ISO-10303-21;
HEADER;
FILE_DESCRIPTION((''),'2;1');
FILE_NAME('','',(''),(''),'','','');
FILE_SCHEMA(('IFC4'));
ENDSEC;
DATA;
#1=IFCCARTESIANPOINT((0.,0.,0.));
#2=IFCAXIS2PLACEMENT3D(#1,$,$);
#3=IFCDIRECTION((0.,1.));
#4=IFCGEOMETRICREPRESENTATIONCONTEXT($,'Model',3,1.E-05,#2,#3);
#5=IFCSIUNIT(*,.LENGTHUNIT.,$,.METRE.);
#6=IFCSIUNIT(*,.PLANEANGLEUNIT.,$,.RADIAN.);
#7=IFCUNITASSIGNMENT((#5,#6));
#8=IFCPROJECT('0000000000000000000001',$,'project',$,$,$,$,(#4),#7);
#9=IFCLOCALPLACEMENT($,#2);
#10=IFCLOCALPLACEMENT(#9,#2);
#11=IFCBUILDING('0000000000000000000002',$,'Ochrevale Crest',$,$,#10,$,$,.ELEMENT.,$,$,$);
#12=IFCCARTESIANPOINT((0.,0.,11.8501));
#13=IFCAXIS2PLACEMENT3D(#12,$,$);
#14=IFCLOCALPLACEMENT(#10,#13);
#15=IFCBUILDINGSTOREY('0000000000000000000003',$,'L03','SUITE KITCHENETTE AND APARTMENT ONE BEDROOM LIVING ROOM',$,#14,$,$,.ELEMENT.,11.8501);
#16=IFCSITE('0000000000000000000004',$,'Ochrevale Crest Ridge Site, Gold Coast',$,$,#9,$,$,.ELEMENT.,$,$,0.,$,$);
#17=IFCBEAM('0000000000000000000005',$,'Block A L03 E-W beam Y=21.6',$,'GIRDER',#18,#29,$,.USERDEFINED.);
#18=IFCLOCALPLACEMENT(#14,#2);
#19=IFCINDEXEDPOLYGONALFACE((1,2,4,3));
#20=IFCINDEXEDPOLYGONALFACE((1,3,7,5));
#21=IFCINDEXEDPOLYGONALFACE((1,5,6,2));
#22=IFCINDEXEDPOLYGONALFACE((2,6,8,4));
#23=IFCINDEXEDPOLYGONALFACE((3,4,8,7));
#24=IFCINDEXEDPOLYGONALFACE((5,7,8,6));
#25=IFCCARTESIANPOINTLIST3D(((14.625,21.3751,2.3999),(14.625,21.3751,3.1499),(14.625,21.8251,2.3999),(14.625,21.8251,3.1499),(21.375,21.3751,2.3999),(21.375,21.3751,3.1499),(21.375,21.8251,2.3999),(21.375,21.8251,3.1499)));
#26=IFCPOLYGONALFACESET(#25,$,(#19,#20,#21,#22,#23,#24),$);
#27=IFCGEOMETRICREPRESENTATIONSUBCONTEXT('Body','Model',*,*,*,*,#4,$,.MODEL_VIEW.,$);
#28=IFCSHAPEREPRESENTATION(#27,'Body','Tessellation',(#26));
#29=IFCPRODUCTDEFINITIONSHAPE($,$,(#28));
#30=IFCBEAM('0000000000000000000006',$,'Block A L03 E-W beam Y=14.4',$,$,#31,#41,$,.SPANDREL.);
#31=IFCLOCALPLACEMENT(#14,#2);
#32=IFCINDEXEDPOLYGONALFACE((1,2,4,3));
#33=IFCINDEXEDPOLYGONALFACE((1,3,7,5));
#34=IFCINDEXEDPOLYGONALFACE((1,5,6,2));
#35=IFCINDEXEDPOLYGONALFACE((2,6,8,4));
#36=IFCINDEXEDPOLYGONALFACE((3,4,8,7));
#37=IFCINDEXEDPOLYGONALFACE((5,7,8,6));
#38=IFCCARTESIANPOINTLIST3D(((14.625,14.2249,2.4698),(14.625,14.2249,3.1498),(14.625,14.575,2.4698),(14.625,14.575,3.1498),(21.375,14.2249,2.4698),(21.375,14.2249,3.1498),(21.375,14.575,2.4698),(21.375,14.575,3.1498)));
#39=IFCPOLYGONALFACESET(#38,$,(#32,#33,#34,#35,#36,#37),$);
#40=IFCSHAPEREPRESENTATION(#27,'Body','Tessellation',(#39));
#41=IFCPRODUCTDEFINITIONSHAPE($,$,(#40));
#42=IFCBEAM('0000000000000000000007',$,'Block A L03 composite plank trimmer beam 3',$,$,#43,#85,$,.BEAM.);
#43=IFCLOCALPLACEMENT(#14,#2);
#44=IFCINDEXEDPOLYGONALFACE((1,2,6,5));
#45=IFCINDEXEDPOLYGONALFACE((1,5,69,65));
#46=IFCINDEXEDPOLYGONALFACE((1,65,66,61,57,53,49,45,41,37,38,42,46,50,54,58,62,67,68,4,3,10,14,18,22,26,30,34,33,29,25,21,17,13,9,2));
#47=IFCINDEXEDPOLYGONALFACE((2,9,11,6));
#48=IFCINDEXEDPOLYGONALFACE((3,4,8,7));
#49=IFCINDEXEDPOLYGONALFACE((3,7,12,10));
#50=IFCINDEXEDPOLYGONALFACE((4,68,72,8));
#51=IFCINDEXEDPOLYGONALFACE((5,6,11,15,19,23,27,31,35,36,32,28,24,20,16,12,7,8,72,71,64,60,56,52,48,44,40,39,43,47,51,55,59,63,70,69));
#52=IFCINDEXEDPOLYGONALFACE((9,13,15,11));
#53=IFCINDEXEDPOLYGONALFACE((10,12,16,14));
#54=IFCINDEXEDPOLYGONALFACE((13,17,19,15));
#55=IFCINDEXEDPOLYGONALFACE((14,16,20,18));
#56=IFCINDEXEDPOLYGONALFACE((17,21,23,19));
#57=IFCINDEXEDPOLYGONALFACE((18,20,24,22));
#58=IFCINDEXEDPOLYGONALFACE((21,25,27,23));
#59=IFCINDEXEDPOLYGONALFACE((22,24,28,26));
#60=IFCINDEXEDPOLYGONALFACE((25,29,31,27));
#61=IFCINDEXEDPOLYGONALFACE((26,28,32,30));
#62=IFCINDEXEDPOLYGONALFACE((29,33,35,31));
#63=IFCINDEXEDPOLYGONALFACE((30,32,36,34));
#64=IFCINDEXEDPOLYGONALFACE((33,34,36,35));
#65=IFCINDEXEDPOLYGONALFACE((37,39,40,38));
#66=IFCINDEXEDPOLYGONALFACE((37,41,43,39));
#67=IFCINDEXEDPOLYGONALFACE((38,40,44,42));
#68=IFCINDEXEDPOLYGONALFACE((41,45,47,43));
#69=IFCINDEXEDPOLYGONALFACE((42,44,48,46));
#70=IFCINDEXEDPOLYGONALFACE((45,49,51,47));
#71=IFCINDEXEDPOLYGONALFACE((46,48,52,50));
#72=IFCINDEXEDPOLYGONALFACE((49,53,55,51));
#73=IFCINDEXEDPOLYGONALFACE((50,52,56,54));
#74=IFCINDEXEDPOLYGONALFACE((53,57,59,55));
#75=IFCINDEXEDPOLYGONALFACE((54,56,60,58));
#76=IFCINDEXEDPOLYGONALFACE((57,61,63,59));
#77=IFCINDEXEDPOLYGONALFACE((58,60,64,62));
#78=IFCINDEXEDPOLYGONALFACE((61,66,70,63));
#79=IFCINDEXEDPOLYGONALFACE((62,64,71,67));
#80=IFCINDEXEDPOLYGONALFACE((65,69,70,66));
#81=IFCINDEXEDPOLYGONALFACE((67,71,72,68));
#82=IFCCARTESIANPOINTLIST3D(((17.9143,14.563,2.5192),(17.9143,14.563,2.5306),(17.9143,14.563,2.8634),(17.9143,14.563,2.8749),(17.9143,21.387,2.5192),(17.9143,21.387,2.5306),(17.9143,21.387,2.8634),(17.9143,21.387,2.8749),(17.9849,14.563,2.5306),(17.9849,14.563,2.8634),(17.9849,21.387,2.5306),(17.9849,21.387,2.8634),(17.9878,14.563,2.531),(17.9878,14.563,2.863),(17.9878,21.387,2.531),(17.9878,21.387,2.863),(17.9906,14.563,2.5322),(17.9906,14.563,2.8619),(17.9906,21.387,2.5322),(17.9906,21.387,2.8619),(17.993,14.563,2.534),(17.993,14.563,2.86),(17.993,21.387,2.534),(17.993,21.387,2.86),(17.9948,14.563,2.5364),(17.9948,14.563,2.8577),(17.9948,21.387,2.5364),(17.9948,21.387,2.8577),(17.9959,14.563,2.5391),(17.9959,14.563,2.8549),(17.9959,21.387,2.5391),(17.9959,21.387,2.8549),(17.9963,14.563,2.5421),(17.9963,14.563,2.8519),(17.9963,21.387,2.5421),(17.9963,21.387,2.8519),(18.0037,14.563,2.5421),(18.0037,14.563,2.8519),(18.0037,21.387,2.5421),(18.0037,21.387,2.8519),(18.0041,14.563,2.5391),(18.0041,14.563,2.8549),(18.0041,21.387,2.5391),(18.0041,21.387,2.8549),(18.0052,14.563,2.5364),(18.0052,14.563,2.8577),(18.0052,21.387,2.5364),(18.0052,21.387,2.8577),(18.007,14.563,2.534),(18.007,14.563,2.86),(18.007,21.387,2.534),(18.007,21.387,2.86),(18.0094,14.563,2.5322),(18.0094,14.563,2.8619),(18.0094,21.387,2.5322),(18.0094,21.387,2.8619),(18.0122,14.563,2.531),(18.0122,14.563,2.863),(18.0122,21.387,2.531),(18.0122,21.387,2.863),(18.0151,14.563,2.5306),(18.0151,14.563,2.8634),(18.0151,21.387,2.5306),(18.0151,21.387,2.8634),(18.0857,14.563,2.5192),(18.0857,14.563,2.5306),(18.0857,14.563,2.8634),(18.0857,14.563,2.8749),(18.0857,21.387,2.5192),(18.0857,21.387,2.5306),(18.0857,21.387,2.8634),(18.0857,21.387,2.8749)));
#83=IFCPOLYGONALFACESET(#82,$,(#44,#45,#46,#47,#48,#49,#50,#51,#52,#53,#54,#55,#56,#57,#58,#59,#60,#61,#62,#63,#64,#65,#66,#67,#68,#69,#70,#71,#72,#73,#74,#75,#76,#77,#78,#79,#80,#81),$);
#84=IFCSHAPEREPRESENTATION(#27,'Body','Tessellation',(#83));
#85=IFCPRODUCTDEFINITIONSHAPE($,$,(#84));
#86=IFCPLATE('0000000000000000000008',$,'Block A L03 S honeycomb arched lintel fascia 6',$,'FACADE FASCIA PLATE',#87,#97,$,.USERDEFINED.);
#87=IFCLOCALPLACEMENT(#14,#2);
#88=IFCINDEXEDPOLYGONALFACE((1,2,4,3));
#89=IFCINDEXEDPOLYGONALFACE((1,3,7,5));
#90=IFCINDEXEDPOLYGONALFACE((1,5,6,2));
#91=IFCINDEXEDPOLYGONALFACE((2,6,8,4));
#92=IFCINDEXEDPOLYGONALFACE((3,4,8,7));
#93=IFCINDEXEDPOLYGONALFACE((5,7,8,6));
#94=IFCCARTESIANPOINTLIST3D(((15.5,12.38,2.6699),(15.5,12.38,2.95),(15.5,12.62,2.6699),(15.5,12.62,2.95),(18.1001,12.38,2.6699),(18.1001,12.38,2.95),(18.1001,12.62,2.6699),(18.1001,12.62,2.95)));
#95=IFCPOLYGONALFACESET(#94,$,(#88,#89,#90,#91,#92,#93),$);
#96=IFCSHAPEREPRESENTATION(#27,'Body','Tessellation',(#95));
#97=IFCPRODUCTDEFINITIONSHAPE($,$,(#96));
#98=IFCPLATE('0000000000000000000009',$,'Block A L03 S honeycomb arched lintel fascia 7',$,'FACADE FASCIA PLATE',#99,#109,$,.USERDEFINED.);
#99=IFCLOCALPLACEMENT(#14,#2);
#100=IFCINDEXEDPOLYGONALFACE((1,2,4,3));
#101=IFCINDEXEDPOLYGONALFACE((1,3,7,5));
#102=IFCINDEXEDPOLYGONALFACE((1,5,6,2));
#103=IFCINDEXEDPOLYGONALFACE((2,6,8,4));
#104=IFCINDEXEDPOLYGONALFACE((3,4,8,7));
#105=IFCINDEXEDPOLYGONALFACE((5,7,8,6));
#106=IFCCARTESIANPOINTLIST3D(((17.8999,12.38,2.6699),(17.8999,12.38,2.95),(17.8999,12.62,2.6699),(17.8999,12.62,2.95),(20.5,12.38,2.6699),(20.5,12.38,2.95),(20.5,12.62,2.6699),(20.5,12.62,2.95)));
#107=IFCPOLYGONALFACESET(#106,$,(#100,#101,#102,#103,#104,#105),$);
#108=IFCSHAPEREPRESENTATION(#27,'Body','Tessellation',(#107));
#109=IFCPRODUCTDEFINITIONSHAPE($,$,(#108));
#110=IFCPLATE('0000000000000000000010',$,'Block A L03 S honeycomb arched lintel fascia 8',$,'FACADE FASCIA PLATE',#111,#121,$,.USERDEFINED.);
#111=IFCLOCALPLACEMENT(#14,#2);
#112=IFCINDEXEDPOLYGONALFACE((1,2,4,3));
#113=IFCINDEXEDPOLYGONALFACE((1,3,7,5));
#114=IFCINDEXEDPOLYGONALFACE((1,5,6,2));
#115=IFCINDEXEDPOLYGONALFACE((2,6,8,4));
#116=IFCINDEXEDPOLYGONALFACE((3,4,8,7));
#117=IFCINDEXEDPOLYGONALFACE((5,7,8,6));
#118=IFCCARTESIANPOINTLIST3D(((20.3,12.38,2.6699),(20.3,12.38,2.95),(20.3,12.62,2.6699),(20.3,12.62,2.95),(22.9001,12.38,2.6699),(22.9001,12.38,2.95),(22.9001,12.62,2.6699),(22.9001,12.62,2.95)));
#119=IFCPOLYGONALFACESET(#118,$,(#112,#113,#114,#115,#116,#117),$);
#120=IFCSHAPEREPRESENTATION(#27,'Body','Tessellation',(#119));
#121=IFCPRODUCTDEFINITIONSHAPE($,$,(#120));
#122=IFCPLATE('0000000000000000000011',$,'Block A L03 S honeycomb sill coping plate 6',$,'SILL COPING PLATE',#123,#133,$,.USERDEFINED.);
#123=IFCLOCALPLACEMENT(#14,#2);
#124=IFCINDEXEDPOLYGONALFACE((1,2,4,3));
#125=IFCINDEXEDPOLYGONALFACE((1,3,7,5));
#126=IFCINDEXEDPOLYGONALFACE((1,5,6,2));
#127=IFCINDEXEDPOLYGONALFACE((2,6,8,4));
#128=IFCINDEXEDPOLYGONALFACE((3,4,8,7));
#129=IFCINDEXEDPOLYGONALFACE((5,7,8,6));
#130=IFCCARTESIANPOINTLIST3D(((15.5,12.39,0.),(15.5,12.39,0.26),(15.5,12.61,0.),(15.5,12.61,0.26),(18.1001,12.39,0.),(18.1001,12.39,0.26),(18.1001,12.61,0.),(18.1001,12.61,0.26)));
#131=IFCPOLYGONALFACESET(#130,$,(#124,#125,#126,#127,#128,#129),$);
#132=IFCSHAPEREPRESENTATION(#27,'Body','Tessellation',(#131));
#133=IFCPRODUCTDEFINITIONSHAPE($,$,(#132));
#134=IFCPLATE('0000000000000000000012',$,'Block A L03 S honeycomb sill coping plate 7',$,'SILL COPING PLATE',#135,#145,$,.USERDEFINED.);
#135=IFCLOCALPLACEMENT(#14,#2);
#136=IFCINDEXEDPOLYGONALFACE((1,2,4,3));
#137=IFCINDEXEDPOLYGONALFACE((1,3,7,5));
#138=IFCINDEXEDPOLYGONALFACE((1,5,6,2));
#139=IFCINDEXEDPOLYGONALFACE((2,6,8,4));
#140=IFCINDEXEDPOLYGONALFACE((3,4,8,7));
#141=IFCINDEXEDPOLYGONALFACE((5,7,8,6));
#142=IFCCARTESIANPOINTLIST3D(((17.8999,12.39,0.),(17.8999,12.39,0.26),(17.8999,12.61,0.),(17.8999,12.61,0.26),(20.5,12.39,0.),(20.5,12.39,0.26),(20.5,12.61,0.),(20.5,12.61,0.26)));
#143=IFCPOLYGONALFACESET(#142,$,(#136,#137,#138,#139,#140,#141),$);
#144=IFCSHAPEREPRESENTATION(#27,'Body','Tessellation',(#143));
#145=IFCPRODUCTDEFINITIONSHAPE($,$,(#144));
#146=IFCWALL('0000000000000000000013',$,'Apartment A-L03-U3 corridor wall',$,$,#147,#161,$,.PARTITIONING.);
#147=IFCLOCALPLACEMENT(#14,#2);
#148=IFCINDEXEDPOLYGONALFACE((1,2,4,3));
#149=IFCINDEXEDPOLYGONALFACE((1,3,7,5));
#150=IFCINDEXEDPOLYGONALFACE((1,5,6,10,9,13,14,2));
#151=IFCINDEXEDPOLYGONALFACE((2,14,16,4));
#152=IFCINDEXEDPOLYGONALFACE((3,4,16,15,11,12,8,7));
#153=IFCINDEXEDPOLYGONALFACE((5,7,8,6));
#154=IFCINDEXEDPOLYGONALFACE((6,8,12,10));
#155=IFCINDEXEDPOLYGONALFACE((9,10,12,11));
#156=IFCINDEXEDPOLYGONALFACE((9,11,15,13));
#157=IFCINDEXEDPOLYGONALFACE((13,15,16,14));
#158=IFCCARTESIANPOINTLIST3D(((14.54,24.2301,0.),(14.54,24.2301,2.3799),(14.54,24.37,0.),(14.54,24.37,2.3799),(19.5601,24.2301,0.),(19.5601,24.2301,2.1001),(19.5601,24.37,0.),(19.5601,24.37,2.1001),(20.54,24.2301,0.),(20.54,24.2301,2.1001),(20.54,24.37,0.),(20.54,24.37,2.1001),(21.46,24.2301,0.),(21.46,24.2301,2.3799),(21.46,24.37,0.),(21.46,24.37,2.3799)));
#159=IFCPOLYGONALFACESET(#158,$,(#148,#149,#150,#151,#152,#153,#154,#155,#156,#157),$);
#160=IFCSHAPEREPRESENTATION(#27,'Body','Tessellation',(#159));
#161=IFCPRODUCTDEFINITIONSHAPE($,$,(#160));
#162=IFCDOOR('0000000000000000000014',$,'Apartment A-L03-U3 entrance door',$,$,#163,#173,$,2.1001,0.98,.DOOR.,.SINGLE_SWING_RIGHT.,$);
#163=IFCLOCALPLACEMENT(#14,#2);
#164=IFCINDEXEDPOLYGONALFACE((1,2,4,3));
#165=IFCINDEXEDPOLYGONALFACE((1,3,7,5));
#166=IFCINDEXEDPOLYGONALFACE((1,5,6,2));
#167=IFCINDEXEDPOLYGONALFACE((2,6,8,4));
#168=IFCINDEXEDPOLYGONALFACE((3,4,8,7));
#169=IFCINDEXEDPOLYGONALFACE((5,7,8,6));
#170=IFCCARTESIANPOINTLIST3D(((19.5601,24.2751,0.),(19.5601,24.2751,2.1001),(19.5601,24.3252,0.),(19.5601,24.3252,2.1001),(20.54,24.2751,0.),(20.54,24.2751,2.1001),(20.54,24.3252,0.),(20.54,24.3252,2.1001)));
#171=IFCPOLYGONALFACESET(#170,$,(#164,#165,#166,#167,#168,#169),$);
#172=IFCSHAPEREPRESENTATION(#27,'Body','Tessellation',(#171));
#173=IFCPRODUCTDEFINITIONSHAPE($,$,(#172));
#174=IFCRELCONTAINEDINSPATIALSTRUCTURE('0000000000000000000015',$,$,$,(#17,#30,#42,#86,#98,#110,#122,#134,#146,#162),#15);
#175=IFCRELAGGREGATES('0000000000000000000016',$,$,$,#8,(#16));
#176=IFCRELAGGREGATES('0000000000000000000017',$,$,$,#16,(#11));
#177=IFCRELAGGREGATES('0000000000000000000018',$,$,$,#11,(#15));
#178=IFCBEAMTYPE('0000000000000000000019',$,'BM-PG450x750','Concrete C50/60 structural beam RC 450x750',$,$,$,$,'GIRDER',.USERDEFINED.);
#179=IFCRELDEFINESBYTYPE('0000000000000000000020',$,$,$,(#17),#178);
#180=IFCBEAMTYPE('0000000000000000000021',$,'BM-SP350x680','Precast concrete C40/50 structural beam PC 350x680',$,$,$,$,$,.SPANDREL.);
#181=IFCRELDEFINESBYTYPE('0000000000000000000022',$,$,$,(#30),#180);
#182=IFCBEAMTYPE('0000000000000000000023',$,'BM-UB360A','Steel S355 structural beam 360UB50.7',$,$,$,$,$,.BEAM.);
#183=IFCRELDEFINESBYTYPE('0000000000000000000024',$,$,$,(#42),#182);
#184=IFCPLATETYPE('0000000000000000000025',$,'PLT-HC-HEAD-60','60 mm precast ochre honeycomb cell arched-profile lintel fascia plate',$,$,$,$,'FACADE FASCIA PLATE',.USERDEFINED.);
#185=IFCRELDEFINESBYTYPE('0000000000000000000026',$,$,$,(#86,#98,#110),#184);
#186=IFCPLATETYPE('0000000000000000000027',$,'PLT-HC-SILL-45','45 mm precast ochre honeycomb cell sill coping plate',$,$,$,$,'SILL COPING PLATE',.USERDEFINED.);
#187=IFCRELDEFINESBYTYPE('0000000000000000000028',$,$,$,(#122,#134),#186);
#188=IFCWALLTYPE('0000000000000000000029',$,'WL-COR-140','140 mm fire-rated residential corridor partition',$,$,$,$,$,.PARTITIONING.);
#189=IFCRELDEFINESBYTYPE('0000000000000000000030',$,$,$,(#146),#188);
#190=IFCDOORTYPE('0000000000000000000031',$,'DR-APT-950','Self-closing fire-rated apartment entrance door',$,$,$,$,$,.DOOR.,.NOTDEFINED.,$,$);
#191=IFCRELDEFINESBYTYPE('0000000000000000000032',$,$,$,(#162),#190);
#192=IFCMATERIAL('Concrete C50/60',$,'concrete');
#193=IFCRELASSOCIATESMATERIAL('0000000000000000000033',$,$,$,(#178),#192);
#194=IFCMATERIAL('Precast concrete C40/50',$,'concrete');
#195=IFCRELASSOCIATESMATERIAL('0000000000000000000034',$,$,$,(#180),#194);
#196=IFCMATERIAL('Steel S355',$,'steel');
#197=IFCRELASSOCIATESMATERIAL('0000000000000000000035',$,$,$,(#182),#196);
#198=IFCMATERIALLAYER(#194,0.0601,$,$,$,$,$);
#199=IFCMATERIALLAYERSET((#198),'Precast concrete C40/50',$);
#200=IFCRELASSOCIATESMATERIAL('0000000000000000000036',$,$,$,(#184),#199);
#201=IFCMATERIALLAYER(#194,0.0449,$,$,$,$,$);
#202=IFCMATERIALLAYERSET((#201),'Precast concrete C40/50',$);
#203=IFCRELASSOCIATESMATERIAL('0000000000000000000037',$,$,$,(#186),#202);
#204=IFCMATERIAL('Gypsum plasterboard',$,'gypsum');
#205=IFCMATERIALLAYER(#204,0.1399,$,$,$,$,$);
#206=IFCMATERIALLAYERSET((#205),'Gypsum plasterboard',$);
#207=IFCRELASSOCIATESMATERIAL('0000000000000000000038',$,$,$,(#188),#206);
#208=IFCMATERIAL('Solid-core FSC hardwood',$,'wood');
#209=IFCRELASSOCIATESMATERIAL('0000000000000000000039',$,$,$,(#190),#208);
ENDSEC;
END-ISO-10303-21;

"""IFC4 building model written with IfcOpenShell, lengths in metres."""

from ifc_helpers import new_model, si_unit, direction, frame, frame_2d, origin, origin_2d, place, context, subcontext, project, spatial, rectangle, i_section, extrude, material, layer, layer_set, material_profile, profile_set, type_object, element, fill, save


model = new_model("IFC4")

# Units and contexts
model_context = context("Model", 3, precision=1e-05, world=origin(), true_north=direction((0.0, 1.0)))
body_context = subcontext(model_context, "Body", "Model", "MODEL_VIEW")
ifc_project = project(units=[si_unit("LENGTHUNIT", "METRE"), si_unit("PLANEANGLEUNIT", "RADIAN")], contexts=[model_context])

# Site, building, storey
site_placement = place(None, origin())
site = spatial("IfcSite", under=ifc_project, at=site_placement, Name="Ochrevale Crest Ridge Site, Gold Coast", CompositionType="ELEMENT", RefElevation=0.0)
building_placement = place(site_placement, origin())
building = spatial("IfcBuilding", under=site, at=building_placement, Name="Ochrevale Crest", CompositionType="ELEMENT")
storey_placement = place(building_placement, frame((0.0, 0.0, 11.8501)))
storey = spatial("IfcBuildingStorey", under=building, at=storey_placement, Name="L03", Description="SUITE KITCHENETTE AND APARTMENT ONE BEDROOM LIVING ROOM", CompositionType="ELEMENT", Elevation=11.8501)

# Beams
ifc_material_1 = material(Name="Concrete C50/60", Category="concrete")
ifc_material_profile_1 = material_profile(ifc_material_1, rectangle(XDim=0.45, YDim=0.75, at=origin_2d()), Name="RC 450x750")
ifc_profile_set_1 = profile_set([ifc_material_profile_1], Name="Concrete C50/60")
beam_type_1 = type_object("IfcBeamType", Name="BM-PG450x750", Description="Concrete C50/60 structural beam RC 450x750", ElementType="GIRDER", PredefinedType="USERDEFINED", material=ifc_profile_set_1)
beam_1_placement = place(storey_placement, frame((14.625, 21.6001, 2.7749), z_axis=(1.0, 0.0, 0.0), x_axis=(0.0, 1.0, 0.0)))
element("IfcBeam", 1, at=beam_1_placement, inside=storey, type_object=beam_type_1, Name="Block A L03 E-W beam Y=21.6", ObjectType="GIRDER", PredefinedType="USERDEFINED", context=body_context, shape_type="SweptSolid", body=[
    extrude(rectangle(XDim=0.45, YDim=0.75, at=origin_2d()), origin(), (0.0, 0.0, 1.0), 6.75),
])
ifc_material_2 = material(Name="Precast concrete C40/50", Category="concrete")
ifc_material_profile_2 = material_profile(ifc_material_2, rectangle(XDim=0.3501, YDim=0.6799, at=origin_2d()), Name="PC 350x680")
ifc_profile_set_2 = profile_set([ifc_material_profile_2], Name="Precast concrete C40/50")
beam_type_2 = type_object("IfcBeamType", Name="BM-SP350x680", Description="Precast concrete C40/50 structural beam PC 350x680", PredefinedType="SPANDREL", material=ifc_profile_set_2)
beam_2_placement = place(storey_placement, frame((14.625, 14.3999, 2.8098), z_axis=(1.0, 0.0, 0.0), x_axis=(0.0, 1.0, 0.0)))
element("IfcBeam", 2, at=beam_2_placement, inside=storey, type_object=beam_type_2, Name="Block A L03 E-W beam Y=14.4", PredefinedType="SPANDREL", context=body_context, shape_type="SweptSolid", body=[
    extrude(rectangle(XDim=0.3501, YDim=0.6799, at=origin_2d()), origin(), (0.0, 0.0, 1.0), 6.75),
])
ifc_material_3 = material(Name="Steel S355", Category="steel")
ifc_material_profile_3 = material_profile(ifc_material_3, i_section(OverallWidth=0.1714, OverallDepth=0.3557, WebThickness=0.0073, FlangeThickness=0.0115, FilletRadius=0.0115, at=origin_2d()), Name="360UB50.7")
ifc_profile_set_3 = profile_set([ifc_material_profile_3], Name="Steel S355")
beam_type_3 = type_object("IfcBeamType", Name="BM-UB360A", Description="Steel S355 structural beam 360UB50.7", PredefinedType="BEAM", material=ifc_profile_set_3)
beam_3_placement = place(storey_placement, frame((18.0, 14.563, 2.697), z_axis=(0.0, 1.0, 0.0), x_axis=(-1.0, 0.0, 0.0)))
element("IfcBeam", 3, at=beam_3_placement, inside=storey, type_object=beam_type_3, Name="Block A L03 composite plank trimmer beam 3", PredefinedType="BEAM", context=body_context, shape_type="SweptSolid", body=[
    extrude(i_section(OverallWidth=0.1714, OverallDepth=0.3557, WebThickness=0.0073, FlangeThickness=0.0115, FilletRadius=0.0115, at=origin_2d()), origin(), (0.0, 0.0, 1.0), 6.824),
])

# Plates
ifc_layer_1 = layer(ifc_material_2, 0.0601)
ifc_layer_set_1 = layer_set([ifc_layer_1], Name="Precast concrete C40/50")
plate_type_1 = type_object("IfcPlateType", Name="PLT-HC-HEAD-60", Description="60 mm precast ochre honeycomb cell arched-profile lintel fascia plate", ElementType="FACADE FASCIA PLATE", PredefinedType="USERDEFINED", material=ifc_layer_set_1)
for number, where, z_axis, x_axis, name in (
    (4, (16.8, 12.5, 2.6699), (0.0, 0.0, 1.0), (1.0, 0.0, 0.0), "Block A L03 S honeycomb arched lintel fascia 6"),
    (5, (19.2, 12.5, 2.6699), (0.0, 0.0, 1.0), (1.0, 0.0, 0.0), "Block A L03 S honeycomb arched lintel fascia 7"),
    (6, (21.6001, 12.5, 2.6699), (0.0, 0.0, 1.0), (1.0, 0.0, 0.0), "Block A L03 S honeycomb arched lintel fascia 8"),
):
    element("IfcPlate", number, at=place(storey_placement, frame(where, z_axis=z_axis, x_axis=x_axis)), inside=storey, type_object=plate_type_1, Name=name, ObjectType="FACADE FASCIA PLATE", PredefinedType="USERDEFINED", context=body_context, shape_type="SweptSolid", body=[
        extrude(rectangle(XDim=2.6001, YDim=0.24, at=origin_2d()), origin(), (0.0, 0.0, 1.0), 0.28),
    ])
ifc_layer_2 = layer(ifc_material_2, 0.0449)
ifc_layer_set_2 = layer_set([ifc_layer_2], Name="Precast concrete C40/50")
plate_type_2 = type_object("IfcPlateType", Name="PLT-HC-SILL-45", Description="45 mm precast ochre honeycomb cell sill coping plate", ElementType="SILL COPING PLATE", PredefinedType="USERDEFINED", material=ifc_layer_set_2)
for number, where, z_axis, x_axis, name in (
    (7, (16.8, 12.5, 0.0), (0.0, 0.0, 1.0), (1.0, 0.0, 0.0), "Block A L03 S honeycomb sill coping plate 6"),
    (8, (19.2, 12.5, 0.0), (0.0, 0.0, 1.0), (1.0, 0.0, 0.0), "Block A L03 S honeycomb sill coping plate 7"),
):
    element("IfcPlate", number, at=place(storey_placement, frame(where, z_axis=z_axis, x_axis=x_axis)), inside=storey, type_object=plate_type_2, Name=name, ObjectType="SILL COPING PLATE", PredefinedType="USERDEFINED", context=body_context, shape_type="SweptSolid", body=[
        extrude(rectangle(XDim=2.6001, YDim=0.22, at=origin_2d()), origin(), (0.0, 0.0, 1.0), 0.26),
    ])

# Wall, opening, door
ifc_material_4 = material(Name="Gypsum plasterboard", Category="gypsum")
ifc_layer_3 = layer(ifc_material_4, 0.1399)
ifc_layer_set_3 = layer_set([ifc_layer_3], Name="Gypsum plasterboard")
wall_type_1 = type_object("IfcWallType", Name="WL-COR-140", Description="140 mm fire-rated residential corridor partition", PredefinedType="PARTITIONING", material=ifc_layer_set_3)
wall_1_placement = place(storey_placement, frame((14.54, 24.3, 0.0), z_axis=(0.0, 0.0, 1.0), x_axis=(1.0, 0.0, 0.0)))
wall_1 = element("IfcWall", 9, at=wall_1_placement, inside=storey, type_object=wall_type_1, Name="Apartment A-L03-U3 corridor wall", PredefinedType="PARTITIONING", context=body_context, shape_type="SweptSolid", body=[
    extrude(rectangle(XDim=6.9199, YDim=0.1399, at=frame_2d((3.46, 0.0))), origin(), (0.0, 0.0, 1.0), 2.3799),
])
opening_1_placement = place(wall_1_placement, frame((6.0, 0.0, 0.0), z_axis=(0.0, 0.0, 1.0), x_axis=(-1.0, 0.0, 0.0)))
opening_1 = element("IfcOpeningElement", 10, at=opening_1_placement, cuts=wall_1, PredefinedType="OPENING", context=body_context, shape_type="SweptSolid", body=[
    extrude(rectangle(XDim=0.98, YDim=2.1001, at=frame_2d((0.49, 1.05))), frame((0.0, 0.0801, 0.0), z_axis=(0.0, -1.0, 0.0), x_axis=(1.0, 0.0, 0.0)), (0.0, 0.0, 1.0), 0.1599),
])
ifc_material_5 = material(Name="Solid-core FSC hardwood", Category="wood")
door_type_1 = type_object("IfcDoorType", Name="DR-APT-950", Description="Self-closing fire-rated apartment entrance door", OperationType="NOTDEFINED", PredefinedType="DOOR", material=ifc_material_5)
door_1_placement = place(opening_1_placement, origin())
door_1 = element("IfcDoor", 11, at=door_1_placement, inside=storey, type_object=door_type_1, Name="Apartment A-L03-U3 entrance door", OperationType="SINGLE_SWING_RIGHT", OverallHeight=2.1001, OverallWidth=0.98, PredefinedType="DOOR", context=body_context, shape_type="SweptSolid", body=[
    extrude(rectangle(XDim=0.98, YDim=2.1001, at=frame_2d((0.49, 1.05))), frame((0.0, 0.0249, 0.0), z_axis=(0.0, -1.0, 0.0), x_axis=(1.0, 0.0, 0.0)), (0.0, 0.0, 1.0), 0.05),
])
fill(opening_1, door_1)

save(model, "model.ifc")
